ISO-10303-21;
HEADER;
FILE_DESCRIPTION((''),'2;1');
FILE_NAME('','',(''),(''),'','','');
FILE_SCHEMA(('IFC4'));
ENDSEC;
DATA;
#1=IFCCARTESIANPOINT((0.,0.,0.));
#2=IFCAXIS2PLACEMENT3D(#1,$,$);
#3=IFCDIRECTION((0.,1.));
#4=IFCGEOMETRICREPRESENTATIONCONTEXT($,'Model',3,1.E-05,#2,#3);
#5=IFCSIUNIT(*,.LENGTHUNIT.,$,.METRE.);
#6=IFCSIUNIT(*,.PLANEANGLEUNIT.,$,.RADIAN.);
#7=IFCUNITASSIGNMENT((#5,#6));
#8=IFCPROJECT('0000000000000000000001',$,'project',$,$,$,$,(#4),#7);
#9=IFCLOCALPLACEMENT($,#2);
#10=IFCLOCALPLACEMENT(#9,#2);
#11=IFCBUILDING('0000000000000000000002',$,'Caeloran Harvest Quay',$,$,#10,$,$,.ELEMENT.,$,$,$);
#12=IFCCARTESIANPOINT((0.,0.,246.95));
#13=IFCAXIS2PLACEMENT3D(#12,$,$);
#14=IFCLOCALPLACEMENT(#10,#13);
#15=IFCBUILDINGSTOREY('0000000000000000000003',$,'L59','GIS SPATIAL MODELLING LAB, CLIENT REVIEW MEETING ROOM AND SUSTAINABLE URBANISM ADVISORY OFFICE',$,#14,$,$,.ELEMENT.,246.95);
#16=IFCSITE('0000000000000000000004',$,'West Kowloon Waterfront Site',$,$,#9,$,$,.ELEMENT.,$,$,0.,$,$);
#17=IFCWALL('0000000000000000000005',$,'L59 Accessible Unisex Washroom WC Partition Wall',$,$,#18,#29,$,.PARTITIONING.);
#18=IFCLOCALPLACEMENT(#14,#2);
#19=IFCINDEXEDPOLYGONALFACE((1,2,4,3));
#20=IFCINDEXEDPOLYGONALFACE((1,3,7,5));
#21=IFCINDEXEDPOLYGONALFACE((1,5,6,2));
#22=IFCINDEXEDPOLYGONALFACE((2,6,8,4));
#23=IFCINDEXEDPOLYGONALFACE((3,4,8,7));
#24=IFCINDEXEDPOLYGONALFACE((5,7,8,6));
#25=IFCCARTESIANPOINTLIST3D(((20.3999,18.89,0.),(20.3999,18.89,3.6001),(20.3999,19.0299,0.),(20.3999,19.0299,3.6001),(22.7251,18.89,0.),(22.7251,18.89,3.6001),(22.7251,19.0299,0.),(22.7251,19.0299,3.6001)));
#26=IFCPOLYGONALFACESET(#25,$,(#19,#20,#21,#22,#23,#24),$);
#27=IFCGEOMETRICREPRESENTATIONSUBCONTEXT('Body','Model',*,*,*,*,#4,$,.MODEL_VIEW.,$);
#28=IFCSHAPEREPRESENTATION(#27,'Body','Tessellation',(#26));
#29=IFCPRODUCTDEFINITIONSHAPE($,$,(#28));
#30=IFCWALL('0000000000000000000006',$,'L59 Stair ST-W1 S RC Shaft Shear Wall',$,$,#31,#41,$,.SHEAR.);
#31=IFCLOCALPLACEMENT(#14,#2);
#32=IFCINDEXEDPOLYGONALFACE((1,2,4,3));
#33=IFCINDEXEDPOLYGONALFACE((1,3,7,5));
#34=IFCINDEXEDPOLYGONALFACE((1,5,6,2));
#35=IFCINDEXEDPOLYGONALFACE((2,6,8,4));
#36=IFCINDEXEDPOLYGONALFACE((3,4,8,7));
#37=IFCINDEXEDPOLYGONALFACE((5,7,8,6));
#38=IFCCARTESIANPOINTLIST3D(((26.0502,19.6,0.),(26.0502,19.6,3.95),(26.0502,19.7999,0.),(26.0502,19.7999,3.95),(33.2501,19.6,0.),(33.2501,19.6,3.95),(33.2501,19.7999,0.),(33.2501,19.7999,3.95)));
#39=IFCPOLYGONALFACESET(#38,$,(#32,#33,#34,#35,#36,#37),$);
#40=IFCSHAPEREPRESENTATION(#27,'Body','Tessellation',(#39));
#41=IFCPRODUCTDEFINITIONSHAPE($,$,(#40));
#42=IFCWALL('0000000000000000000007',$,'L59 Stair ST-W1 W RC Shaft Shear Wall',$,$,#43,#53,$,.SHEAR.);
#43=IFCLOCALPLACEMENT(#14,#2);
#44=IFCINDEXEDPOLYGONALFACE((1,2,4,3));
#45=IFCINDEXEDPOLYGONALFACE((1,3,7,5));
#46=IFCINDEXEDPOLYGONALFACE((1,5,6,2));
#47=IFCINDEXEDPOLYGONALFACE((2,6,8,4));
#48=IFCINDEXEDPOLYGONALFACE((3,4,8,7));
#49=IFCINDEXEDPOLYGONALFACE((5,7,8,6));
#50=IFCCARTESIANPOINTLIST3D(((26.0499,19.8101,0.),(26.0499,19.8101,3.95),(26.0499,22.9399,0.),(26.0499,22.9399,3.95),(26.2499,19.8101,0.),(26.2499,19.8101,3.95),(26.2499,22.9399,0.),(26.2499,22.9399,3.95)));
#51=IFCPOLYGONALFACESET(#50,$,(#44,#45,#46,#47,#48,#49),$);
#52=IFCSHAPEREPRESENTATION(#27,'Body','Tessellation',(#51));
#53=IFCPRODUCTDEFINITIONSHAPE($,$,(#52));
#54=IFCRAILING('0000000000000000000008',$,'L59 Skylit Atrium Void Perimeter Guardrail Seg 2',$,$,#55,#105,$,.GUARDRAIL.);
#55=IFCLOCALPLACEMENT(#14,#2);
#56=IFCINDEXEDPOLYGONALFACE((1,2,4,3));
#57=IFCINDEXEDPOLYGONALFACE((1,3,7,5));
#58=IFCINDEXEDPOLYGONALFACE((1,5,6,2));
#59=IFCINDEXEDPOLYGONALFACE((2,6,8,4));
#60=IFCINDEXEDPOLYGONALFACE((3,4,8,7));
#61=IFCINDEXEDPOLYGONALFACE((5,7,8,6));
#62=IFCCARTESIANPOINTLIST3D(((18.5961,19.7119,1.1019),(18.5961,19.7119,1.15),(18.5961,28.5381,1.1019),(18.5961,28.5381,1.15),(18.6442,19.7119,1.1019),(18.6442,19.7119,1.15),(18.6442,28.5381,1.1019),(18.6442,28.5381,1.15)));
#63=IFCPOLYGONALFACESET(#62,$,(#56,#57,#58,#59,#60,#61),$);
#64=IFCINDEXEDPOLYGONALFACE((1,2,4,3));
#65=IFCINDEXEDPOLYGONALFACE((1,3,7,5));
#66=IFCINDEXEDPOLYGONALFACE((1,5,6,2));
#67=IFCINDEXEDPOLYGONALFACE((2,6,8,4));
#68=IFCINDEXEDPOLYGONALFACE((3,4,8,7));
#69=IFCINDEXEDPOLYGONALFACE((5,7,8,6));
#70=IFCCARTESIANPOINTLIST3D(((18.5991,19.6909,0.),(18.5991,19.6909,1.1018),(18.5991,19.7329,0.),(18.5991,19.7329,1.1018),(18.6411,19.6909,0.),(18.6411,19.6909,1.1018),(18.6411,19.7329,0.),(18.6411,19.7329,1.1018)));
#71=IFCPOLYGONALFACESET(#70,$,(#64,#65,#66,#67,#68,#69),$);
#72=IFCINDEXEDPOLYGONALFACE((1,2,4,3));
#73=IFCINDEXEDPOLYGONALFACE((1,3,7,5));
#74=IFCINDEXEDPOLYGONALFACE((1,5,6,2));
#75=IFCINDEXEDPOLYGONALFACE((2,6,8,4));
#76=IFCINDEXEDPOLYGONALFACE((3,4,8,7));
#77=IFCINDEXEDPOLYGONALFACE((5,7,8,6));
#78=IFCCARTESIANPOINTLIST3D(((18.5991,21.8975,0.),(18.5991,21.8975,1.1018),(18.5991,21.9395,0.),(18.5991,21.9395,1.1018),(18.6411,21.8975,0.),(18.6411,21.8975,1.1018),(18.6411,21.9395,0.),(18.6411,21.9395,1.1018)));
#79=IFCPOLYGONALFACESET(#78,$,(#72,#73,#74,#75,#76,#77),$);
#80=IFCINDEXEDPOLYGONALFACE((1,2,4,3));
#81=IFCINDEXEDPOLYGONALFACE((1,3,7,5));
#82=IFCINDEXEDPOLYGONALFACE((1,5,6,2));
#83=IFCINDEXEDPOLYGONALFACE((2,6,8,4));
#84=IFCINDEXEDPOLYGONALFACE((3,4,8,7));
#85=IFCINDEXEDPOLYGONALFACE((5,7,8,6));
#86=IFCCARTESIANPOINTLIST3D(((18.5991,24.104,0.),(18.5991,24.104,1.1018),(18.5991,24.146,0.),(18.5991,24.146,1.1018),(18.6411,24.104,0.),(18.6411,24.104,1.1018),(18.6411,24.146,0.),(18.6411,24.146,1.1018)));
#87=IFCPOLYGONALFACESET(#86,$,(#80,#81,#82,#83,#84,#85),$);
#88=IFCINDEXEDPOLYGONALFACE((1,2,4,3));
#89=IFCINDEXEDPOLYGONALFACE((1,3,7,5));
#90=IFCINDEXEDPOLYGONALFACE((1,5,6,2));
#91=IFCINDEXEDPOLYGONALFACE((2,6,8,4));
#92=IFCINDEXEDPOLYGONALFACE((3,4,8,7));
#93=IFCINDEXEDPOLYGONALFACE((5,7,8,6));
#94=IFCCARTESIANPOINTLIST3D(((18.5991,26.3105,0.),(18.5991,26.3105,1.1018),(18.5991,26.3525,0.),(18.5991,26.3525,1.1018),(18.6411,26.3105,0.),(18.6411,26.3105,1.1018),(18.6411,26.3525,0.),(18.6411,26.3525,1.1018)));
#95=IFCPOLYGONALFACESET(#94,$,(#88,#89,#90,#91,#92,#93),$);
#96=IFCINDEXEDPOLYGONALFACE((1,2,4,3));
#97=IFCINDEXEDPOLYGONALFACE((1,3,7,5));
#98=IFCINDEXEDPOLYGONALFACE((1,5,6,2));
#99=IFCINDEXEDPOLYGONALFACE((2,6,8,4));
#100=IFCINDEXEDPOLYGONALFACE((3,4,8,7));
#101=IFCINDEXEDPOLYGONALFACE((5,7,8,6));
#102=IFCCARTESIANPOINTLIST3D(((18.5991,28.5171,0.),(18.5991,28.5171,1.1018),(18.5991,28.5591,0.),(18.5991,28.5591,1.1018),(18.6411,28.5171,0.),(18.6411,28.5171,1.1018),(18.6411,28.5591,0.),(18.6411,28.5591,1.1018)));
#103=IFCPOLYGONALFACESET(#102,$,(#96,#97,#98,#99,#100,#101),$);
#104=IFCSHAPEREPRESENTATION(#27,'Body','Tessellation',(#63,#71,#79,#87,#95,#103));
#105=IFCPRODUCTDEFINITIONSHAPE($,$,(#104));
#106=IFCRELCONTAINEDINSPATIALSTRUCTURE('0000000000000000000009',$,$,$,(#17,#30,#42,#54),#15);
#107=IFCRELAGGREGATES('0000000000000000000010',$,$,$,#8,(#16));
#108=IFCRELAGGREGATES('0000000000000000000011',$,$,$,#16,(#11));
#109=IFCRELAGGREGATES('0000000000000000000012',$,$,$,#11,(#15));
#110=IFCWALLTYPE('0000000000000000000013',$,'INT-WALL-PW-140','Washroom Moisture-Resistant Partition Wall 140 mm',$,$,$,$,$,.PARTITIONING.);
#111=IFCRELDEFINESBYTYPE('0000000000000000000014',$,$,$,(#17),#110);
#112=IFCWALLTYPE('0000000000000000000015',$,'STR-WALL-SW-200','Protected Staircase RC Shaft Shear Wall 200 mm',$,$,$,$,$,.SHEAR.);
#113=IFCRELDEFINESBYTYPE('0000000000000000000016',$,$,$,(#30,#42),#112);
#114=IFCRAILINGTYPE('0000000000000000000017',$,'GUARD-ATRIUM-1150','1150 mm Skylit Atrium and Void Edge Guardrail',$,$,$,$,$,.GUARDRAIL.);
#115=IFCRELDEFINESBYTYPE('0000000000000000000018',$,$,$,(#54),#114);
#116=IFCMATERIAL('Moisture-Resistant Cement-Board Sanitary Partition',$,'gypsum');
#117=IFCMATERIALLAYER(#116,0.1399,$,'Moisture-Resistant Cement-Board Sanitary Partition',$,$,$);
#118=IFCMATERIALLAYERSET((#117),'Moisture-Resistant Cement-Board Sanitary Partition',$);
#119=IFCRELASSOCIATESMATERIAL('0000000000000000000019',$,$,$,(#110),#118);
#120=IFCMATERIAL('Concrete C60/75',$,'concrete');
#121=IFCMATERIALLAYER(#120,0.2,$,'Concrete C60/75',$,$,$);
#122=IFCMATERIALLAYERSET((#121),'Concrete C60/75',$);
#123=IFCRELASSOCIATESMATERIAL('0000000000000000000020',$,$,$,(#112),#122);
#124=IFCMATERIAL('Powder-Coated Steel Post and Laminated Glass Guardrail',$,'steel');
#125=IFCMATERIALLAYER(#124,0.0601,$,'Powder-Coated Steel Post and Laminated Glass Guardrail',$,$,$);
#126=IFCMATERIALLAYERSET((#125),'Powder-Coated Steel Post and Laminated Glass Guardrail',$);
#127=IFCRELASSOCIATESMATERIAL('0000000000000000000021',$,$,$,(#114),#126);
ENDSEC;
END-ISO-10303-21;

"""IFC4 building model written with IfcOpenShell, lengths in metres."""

from ifc_helpers import new_model, si_unit, direction, frame, frame_2d, origin, origin_2d, place, context, subcontext, project, spatial, rectangle, extrude, material, layer, layer_set, type_object, element, save


model = new_model("IFC4")

# Units and contexts
model_context = context("Model", 3, precision=1e-05, world=origin(), true_north=direction((0.0, 1.0)))
body_context = subcontext(model_context, "Body", "Model", "MODEL_VIEW")
ifc_project = project(units=[si_unit("LENGTHUNIT", "METRE"), si_unit("PLANEANGLEUNIT", "RADIAN")], contexts=[model_context])

# Site, building, storey
site_placement = place(None, origin())
site = spatial("IfcSite", under=ifc_project, at=site_placement, Name="West Kowloon Waterfront Site", CompositionType="ELEMENT", RefElevation=0.0)
building_placement = place(site_placement, origin())
building = spatial("IfcBuilding", under=site, at=building_placement, Name="Caeloran Harvest Quay", CompositionType="ELEMENT")
storey_placement = place(building_placement, frame((0.0, 0.0, 246.95)))
storey = spatial("IfcBuildingStorey", under=building, at=storey_placement, Name="L59", Description="GIS SPATIAL MODELLING LAB, CLIENT REVIEW MEETING ROOM AND SUSTAINABLE URBANISM ADVISORY OFFICE", CompositionType="ELEMENT", Elevation=246.95)

# Shared definitions
ifc_material_1 = material(Name="Moisture-Resistant Cement-Board Sanitary Partition", Category="gypsum")
ifc_layer_1 = layer(ifc_material_1, 0.1399, Name="Moisture-Resistant Cement-Board Sanitary Partition")
ifc_layer_set_1 = layer_set([ifc_layer_1], Name="Moisture-Resistant Cement-Board Sanitary Partition")
wall_type_1 = type_object("IfcWallType", Name="INT-WALL-PW-140", Description="Washroom Moisture-Resistant Partition Wall 140 mm", PredefinedType="PARTITIONING", material=ifc_layer_set_1)

# Wall
wall_1_placement = place(storey_placement, frame((22.7251, 18.96, 0.0), z_axis=(0.0, 0.0, 1.0), x_axis=(-1.0, 0.0, 0.0)))
element("IfcWall", 1, at=wall_1_placement, inside=storey, type_object=wall_type_1, Name="L59 Accessible Unisex Washroom WC Partition Wall", PredefinedType="PARTITIONING", context=body_context, shape_type="SweptSolid", body=[
    extrude(rectangle(XDim=2.3252, YDim=0.1399, at=frame_2d((1.1626, 0.0))), origin(), (0.0, 0.0, 1.0), 3.6001),
])

# Walls
ifc_material_2 = material(Name="Concrete C60/75", Category="concrete")
ifc_layer_2 = layer(ifc_material_2, 0.2, Name="Concrete C60/75")
ifc_layer_set_2 = layer_set([ifc_layer_2], Name="Concrete C60/75")
wall_type_2 = type_object("IfcWallType", Name="STR-WALL-SW-200", Description="Protected Staircase RC Shaft Shear Wall 200 mm", PredefinedType="SHEAR", material=ifc_layer_set_2)
wall_2_placement = place(storey_placement, frame((26.05, 19.7, 0.0), z_axis=(0.0, 0.0, 1.0), x_axis=(1.0, 0.0, 0.0)))
element("IfcWall", 2, at=wall_2_placement, inside=storey, type_object=wall_type_2, Name="L59 Stair ST-W1 S RC Shaft Shear Wall", PredefinedType="SHEAR", context=body_context, shape_type="SweptSolid", body=[
    extrude(rectangle(XDim=7.2, YDim=0.2, at=frame_2d((3.6001, 0.0))), origin(), (0.0, 0.0, 1.0), 3.95),
])
wall_3_placement = place(storey_placement, frame((26.1499, 19.8101, 0.0), z_axis=(0.0, 0.0, 1.0), x_axis=(0.0, 1.0, 0.0)))
element("IfcWall", 3, at=wall_3_placement, inside=storey, type_object=wall_type_2, Name="L59 Stair ST-W1 W RC Shaft Shear Wall", PredefinedType="SHEAR", context=body_context, shape_type="SweptSolid", body=[
    extrude(rectangle(XDim=3.1299, YDim=0.2, at=frame_2d((1.5649, 0.0))), origin(), (0.0, 0.0, 1.0), 3.95),
])

# Railing
ifc_material_3 = material(Name="Powder-Coated Steel Post and Laminated Glass Guardrail", Category="steel")
ifc_layer_3 = layer(ifc_material_3, 0.0601, Name="Powder-Coated Steel Post and Laminated Glass Guardrail")
ifc_layer_set_3 = layer_set([ifc_layer_3], Name="Powder-Coated Steel Post and Laminated Glass Guardrail")
railing_type = type_object("IfcRailingType", Name="GUARD-ATRIUM-1150", Description="1150 mm Skylit Atrium and Void Edge Guardrail", PredefinedType="GUARDRAIL", material=ifc_layer_set_3)
railing_placement = place(storey_placement, frame((18.6201, 19.7119, 0.0)))
element("IfcRailing", 4, at=railing_placement, inside=storey, type_object=railing_type, Name="L59 Skylit Atrium Void Perimeter Guardrail Seg 2", PredefinedType="GUARDRAIL", context=body_context, shape_type="SweptSolid", body=[
    extrude(rectangle(XDim=0.0481, YDim=0.0481, at=origin_2d()), frame((0.0, 0.0, 1.126), z_axis=(0.0, 1.0, 0.0), x_axis=(-1.0, 0.0, 0.0)), (0.0, 0.0, 1.0), 8.8262),
    extrude(rectangle(XDim=0.042, YDim=0.042, at=origin_2d()), origin(), (0.0, 0.0, 1.0), 1.1018),
    extrude(rectangle(XDim=0.042, YDim=0.042, at=origin_2d()), frame((0.0, 2.2065, 0.0)), (0.0, 0.0, 1.0), 1.1018),
    extrude(rectangle(XDim=0.042, YDim=0.042, at=origin_2d()), frame((0.0, 4.4131, 0.0)), (0.0, 0.0, 1.0), 1.1018),
    extrude(rectangle(XDim=0.042, YDim=0.042, at=origin_2d()), frame((0.0, 6.6196, 0.0)), (0.0, 0.0, 1.0), 1.1018),
    extrude(rectangle(XDim=0.042, YDim=0.042, at=origin_2d()), frame((0.0, 8.8262, 0.0)), (0.0, 0.0, 1.0), 1.1018),
])

save(model, "model.ifc")
